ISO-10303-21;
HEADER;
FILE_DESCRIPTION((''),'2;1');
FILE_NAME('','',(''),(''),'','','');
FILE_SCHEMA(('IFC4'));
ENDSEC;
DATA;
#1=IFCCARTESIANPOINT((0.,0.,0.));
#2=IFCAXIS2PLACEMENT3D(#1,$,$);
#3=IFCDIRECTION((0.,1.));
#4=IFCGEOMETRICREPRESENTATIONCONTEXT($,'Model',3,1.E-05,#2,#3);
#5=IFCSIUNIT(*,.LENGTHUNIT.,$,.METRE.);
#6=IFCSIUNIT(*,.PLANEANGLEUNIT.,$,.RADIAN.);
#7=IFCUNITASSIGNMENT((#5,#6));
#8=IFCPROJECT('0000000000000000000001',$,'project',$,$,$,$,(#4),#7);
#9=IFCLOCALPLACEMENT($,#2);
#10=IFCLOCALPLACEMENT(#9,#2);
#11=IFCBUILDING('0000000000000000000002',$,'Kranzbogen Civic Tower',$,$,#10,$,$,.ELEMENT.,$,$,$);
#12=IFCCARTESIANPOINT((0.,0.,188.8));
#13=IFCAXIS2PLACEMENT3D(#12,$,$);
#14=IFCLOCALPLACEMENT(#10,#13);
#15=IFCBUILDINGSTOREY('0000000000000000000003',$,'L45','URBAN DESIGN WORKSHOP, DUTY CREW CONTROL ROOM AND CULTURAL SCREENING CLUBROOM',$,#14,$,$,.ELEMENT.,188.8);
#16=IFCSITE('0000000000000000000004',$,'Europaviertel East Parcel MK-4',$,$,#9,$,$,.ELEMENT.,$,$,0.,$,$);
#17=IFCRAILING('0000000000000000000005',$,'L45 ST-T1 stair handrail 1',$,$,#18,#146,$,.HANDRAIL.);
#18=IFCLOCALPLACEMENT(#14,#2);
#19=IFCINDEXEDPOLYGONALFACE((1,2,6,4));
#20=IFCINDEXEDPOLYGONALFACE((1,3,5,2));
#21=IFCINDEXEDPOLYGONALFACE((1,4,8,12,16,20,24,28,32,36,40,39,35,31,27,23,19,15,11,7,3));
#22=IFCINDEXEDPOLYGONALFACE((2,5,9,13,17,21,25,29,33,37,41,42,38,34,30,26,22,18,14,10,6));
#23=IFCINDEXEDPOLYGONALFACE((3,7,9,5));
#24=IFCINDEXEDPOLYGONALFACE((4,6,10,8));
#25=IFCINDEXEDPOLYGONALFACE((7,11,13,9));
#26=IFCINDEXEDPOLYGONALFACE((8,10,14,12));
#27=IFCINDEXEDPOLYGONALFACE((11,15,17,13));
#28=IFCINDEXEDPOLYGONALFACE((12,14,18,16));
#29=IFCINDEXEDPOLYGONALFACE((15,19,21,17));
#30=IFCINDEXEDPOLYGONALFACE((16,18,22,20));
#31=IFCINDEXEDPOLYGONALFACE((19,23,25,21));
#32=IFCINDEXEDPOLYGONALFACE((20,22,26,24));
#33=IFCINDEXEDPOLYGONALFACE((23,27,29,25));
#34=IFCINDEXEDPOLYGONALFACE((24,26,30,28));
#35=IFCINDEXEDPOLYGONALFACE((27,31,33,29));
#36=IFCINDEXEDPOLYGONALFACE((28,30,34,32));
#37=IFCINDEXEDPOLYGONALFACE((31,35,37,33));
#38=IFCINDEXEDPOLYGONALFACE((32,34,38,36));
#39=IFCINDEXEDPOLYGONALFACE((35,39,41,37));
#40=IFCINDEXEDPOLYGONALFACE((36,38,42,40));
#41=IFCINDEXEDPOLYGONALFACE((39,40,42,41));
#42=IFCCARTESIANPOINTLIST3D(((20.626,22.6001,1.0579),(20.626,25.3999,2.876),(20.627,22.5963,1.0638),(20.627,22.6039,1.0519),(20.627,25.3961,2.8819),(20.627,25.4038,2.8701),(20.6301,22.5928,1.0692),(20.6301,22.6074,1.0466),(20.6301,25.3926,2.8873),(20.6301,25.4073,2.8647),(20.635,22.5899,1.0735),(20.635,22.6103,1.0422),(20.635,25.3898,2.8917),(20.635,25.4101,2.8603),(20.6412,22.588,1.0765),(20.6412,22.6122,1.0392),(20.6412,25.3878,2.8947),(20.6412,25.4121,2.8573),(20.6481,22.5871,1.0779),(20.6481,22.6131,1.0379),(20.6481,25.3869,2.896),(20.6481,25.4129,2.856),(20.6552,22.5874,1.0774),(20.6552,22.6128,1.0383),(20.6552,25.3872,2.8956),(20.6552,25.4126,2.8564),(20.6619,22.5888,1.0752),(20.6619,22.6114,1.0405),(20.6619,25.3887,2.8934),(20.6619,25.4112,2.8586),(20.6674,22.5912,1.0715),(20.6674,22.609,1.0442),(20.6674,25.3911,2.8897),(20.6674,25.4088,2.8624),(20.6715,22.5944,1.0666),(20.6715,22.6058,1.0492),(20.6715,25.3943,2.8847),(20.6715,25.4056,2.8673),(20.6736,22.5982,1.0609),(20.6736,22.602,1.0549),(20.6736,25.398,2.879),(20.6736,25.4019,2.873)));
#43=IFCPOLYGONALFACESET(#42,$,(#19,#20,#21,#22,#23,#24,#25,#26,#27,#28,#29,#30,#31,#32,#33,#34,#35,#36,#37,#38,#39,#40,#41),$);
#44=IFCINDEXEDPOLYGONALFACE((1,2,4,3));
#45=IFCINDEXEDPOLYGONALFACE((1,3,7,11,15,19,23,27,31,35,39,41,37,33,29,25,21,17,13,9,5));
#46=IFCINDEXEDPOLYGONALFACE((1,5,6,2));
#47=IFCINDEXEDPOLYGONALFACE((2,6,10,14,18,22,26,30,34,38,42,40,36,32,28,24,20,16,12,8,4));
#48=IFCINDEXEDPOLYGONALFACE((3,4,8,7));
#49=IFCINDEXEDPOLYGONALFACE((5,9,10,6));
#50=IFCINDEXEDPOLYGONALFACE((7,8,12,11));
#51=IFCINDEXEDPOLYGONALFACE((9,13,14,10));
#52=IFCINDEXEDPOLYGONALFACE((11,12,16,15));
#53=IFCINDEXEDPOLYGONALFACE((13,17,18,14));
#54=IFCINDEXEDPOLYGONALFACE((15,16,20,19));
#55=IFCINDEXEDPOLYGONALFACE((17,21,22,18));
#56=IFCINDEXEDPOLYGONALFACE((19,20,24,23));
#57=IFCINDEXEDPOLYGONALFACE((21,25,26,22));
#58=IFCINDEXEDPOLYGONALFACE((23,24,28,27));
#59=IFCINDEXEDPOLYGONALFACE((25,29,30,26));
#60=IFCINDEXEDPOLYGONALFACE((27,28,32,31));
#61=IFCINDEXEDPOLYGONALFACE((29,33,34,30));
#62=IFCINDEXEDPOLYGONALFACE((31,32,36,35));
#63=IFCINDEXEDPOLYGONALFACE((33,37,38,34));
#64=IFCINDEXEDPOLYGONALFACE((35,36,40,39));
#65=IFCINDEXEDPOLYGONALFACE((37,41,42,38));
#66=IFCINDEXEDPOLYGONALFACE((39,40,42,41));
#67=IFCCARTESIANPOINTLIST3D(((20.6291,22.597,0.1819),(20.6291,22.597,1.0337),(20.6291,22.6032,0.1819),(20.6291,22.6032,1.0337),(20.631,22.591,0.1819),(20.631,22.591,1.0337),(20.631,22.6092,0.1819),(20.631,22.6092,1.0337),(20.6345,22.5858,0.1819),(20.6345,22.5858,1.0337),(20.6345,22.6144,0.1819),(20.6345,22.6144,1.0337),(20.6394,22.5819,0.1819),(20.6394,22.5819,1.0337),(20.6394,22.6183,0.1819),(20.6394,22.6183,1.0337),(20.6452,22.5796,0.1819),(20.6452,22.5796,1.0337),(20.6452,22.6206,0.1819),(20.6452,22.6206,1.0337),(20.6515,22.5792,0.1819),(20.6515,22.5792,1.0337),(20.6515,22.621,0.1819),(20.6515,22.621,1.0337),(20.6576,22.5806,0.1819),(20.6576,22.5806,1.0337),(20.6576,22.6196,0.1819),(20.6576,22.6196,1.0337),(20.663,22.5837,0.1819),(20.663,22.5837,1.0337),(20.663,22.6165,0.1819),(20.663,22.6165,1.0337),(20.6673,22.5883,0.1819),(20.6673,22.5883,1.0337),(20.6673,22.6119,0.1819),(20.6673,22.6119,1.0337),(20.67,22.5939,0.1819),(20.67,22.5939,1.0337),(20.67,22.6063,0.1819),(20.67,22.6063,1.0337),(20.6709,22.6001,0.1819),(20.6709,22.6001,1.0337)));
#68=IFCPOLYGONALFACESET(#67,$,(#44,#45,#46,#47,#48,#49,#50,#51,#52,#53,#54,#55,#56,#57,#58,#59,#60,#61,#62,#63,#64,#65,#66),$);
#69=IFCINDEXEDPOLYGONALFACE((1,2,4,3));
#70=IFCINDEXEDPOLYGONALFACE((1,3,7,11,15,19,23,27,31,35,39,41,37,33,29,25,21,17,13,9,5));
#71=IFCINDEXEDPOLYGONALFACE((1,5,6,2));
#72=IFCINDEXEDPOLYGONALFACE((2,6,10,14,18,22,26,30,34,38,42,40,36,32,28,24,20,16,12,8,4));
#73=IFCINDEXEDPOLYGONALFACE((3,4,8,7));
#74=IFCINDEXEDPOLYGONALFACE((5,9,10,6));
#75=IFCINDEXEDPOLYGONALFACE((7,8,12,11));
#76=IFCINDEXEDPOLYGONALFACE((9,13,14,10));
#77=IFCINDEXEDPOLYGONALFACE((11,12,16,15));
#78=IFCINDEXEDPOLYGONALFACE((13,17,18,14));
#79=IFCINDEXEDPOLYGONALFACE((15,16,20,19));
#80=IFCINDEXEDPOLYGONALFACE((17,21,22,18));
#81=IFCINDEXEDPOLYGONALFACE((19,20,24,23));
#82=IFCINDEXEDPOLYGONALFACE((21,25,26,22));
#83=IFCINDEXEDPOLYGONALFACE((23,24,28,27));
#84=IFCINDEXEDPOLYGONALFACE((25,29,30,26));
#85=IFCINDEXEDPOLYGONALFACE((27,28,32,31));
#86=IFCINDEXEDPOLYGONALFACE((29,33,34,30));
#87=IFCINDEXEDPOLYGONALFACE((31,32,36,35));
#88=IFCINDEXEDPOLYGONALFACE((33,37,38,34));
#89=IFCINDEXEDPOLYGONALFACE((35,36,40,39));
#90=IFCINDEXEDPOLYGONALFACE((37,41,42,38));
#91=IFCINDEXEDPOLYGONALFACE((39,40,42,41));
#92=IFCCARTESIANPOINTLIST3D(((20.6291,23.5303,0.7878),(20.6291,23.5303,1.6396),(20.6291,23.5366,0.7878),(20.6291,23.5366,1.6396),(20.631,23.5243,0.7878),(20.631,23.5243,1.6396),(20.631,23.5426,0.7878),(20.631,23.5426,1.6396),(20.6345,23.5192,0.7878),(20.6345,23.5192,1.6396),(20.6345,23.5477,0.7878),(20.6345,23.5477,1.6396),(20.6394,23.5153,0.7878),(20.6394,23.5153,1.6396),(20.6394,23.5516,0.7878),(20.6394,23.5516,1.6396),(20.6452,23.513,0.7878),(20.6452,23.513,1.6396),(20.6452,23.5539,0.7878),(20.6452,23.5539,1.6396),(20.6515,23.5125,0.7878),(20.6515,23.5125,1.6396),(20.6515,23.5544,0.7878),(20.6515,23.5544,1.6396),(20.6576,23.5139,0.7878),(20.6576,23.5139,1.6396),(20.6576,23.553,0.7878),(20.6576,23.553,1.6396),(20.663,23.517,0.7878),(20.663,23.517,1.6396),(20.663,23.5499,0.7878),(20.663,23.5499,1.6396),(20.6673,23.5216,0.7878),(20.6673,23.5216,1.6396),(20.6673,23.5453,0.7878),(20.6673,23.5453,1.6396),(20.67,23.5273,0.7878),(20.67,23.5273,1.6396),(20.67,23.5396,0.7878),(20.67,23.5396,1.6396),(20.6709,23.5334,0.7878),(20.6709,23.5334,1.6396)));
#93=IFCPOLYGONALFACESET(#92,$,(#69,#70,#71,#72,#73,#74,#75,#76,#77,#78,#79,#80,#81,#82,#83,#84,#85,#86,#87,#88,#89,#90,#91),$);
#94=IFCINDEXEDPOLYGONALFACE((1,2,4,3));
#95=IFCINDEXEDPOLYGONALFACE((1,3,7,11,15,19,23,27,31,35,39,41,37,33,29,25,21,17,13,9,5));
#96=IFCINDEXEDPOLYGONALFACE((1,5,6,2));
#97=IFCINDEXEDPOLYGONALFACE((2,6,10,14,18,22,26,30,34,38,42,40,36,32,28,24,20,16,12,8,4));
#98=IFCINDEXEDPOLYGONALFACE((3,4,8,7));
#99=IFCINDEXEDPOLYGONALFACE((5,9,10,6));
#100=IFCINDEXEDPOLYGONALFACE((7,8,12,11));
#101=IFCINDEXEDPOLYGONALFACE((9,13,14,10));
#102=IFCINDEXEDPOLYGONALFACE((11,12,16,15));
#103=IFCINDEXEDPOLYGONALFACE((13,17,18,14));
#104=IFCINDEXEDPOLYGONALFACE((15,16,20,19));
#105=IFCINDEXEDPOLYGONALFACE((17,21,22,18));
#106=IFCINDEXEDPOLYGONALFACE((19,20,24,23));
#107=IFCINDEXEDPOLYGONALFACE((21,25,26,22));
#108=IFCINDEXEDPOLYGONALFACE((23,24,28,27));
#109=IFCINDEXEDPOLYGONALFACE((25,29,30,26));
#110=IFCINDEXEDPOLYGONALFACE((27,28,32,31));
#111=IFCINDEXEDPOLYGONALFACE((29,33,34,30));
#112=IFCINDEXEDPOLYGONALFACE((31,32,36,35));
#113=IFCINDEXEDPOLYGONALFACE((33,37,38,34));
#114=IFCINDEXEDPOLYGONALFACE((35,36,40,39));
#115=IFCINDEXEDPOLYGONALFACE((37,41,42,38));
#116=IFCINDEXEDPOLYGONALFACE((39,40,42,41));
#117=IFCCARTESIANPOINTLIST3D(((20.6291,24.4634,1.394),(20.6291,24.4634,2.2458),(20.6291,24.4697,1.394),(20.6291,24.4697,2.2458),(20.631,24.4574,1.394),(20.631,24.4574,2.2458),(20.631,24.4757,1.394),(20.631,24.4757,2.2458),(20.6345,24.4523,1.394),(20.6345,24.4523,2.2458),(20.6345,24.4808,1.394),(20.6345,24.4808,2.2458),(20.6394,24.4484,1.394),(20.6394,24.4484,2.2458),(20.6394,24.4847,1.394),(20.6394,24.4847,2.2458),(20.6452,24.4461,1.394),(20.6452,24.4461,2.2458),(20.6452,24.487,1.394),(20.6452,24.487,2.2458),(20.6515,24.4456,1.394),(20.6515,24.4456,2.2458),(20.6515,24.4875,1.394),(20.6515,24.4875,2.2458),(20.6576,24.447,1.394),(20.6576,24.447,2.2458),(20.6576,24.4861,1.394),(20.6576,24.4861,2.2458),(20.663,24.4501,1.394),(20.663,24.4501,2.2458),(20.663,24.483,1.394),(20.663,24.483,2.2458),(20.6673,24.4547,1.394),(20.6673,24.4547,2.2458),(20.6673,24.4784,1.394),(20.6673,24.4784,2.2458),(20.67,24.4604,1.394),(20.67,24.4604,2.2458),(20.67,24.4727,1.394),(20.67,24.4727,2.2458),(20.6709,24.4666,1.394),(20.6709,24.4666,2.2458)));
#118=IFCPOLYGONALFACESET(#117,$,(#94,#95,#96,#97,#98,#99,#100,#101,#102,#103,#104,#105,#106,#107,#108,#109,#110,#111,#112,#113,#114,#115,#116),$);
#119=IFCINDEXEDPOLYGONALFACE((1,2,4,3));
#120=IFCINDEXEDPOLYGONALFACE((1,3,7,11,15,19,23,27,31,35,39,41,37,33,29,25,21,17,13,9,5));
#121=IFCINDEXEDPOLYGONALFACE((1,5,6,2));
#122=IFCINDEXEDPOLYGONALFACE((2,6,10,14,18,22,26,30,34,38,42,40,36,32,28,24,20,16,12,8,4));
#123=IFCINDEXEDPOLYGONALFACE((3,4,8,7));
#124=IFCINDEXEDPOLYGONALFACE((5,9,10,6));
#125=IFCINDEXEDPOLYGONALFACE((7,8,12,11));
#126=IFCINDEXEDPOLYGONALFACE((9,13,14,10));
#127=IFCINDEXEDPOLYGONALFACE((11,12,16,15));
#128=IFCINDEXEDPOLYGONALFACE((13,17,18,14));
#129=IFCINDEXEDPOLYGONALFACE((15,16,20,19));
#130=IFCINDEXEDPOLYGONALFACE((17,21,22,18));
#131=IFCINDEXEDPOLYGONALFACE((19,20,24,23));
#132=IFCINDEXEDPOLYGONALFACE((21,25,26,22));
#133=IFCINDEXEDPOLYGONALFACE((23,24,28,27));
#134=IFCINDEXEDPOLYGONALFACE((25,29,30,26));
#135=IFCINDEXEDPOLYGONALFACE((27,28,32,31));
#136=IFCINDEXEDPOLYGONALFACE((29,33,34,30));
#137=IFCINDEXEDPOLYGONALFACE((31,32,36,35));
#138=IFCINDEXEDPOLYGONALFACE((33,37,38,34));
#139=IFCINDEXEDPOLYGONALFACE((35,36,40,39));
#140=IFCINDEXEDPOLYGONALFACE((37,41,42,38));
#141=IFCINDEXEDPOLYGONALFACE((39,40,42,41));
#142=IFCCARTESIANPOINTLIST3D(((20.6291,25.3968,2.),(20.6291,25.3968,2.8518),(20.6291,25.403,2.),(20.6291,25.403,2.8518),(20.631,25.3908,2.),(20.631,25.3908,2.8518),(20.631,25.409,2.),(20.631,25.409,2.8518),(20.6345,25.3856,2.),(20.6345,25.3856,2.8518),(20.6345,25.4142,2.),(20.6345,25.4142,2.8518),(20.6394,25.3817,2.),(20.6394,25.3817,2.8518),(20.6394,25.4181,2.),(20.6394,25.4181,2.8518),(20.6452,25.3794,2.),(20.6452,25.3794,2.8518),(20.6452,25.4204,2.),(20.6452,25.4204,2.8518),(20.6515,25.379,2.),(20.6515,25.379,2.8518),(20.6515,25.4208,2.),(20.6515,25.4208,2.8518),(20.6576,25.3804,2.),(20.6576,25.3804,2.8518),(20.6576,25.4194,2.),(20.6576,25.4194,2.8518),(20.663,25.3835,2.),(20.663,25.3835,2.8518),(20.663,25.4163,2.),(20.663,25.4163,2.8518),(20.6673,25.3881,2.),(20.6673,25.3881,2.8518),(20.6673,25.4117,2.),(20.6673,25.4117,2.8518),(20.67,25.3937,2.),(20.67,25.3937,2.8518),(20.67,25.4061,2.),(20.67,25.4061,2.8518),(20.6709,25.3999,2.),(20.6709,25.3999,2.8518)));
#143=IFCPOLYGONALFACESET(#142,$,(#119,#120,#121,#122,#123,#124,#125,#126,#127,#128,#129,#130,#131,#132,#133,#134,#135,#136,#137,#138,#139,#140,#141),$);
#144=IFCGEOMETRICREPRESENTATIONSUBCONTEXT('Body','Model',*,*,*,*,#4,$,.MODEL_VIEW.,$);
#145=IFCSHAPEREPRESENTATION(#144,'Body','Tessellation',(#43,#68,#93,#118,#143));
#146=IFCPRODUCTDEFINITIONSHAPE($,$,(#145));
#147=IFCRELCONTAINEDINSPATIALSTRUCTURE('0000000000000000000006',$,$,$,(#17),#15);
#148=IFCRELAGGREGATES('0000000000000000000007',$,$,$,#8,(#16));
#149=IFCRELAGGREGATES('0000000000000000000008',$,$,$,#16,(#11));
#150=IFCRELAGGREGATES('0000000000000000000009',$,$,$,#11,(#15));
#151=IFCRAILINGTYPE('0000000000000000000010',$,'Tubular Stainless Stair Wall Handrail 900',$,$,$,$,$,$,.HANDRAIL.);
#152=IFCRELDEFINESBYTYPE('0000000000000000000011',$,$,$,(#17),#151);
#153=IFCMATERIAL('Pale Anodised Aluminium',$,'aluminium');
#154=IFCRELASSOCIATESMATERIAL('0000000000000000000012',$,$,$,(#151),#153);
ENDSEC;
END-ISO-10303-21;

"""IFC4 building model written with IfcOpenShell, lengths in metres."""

from ifc_helpers import new_model, si_unit, direction, frame, origin, origin_2d, place, context, subcontext, project, spatial, circle, extrude, material, type_object, element, save


model = new_model("IFC4")

# Units and contexts
model_context = context("Model", 3, precision=1e-05, world=origin(), true_north=direction((0.0, 1.0)))
body_context = subcontext(model_context, "Body", "Model", "MODEL_VIEW")
ifc_project = project(units=[si_unit("LENGTHUNIT", "METRE"), si_unit("PLANEANGLEUNIT", "RADIAN")], contexts=[model_context])

# Site, building, storey
site_placement = place(None, origin())
site = spatial("IfcSite", under=ifc_project, at=site_placement, Name="Europaviertel East Parcel MK-4", CompositionType="ELEMENT", RefElevation=0.0)
building_placement = place(site_placement, origin())
building = spatial("IfcBuilding", under=site, at=building_placement, Name="Kranzbogen Civic Tower", CompositionType="ELEMENT")
storey_placement = place(building_placement, frame((0.0, 0.0, 188.8)))
storey = spatial("IfcBuildingStorey", under=building, at=storey_placement, Name="L45", Description="URBAN DESIGN WORKSHOP, DUTY CREW CONTROL ROOM AND CULTURAL SCREENING CLUBROOM", CompositionType="ELEMENT", Elevation=188.8)

# Shared definitions
ifc_material_1 = material(Name="Pale Anodised Aluminium", Category="aluminium")

# Railing
railing_type_1 = type_object("IfcRailingType", Name="Tubular Stainless Stair Wall Handrail 900", PredefinedType="HANDRAIL", material=ifc_material_1)
railing_1_placement = place(storey_placement, frame((20.6499, 22.6001, 0.1819)))
element("IfcRailing", 1, at=railing_1_placement, inside=storey, type_object=railing_type_1, Name="L45 ST-T1 stair handrail 1", PredefinedType="HANDRAIL", context=body_context, shape_type="SweptSolid", body=[
    extrude(circle(Radius=0.0239, at=origin_2d()), frame((0.0, 0.0, 0.876), z_axis=(0.0, 0.838684, 0.544618), x_axis=(-1.0, 0.0, 0.0)), (0.0, 0.0, 1.0), 3.3384),
    extrude(circle(Radius=0.021, at=origin_2d()), origin(), (0.0, 0.0, 1.0), 0.8518),
    extrude(circle(Radius=0.021, at=origin_2d()), frame((0.0, 0.9333, 0.606)), (0.0, 0.0, 1.0), 0.8518),
    extrude(circle(Radius=0.021, at=origin_2d()), frame((0.0, 1.8665, 1.2122)), (0.0, 0.0, 1.0), 0.8518),
    extrude(circle(Radius=0.021, at=origin_2d()), frame((0.0, 2.7998, 1.8181)), (0.0, 0.0, 1.0), 0.8518),
])

save(model, "model.ifc")
